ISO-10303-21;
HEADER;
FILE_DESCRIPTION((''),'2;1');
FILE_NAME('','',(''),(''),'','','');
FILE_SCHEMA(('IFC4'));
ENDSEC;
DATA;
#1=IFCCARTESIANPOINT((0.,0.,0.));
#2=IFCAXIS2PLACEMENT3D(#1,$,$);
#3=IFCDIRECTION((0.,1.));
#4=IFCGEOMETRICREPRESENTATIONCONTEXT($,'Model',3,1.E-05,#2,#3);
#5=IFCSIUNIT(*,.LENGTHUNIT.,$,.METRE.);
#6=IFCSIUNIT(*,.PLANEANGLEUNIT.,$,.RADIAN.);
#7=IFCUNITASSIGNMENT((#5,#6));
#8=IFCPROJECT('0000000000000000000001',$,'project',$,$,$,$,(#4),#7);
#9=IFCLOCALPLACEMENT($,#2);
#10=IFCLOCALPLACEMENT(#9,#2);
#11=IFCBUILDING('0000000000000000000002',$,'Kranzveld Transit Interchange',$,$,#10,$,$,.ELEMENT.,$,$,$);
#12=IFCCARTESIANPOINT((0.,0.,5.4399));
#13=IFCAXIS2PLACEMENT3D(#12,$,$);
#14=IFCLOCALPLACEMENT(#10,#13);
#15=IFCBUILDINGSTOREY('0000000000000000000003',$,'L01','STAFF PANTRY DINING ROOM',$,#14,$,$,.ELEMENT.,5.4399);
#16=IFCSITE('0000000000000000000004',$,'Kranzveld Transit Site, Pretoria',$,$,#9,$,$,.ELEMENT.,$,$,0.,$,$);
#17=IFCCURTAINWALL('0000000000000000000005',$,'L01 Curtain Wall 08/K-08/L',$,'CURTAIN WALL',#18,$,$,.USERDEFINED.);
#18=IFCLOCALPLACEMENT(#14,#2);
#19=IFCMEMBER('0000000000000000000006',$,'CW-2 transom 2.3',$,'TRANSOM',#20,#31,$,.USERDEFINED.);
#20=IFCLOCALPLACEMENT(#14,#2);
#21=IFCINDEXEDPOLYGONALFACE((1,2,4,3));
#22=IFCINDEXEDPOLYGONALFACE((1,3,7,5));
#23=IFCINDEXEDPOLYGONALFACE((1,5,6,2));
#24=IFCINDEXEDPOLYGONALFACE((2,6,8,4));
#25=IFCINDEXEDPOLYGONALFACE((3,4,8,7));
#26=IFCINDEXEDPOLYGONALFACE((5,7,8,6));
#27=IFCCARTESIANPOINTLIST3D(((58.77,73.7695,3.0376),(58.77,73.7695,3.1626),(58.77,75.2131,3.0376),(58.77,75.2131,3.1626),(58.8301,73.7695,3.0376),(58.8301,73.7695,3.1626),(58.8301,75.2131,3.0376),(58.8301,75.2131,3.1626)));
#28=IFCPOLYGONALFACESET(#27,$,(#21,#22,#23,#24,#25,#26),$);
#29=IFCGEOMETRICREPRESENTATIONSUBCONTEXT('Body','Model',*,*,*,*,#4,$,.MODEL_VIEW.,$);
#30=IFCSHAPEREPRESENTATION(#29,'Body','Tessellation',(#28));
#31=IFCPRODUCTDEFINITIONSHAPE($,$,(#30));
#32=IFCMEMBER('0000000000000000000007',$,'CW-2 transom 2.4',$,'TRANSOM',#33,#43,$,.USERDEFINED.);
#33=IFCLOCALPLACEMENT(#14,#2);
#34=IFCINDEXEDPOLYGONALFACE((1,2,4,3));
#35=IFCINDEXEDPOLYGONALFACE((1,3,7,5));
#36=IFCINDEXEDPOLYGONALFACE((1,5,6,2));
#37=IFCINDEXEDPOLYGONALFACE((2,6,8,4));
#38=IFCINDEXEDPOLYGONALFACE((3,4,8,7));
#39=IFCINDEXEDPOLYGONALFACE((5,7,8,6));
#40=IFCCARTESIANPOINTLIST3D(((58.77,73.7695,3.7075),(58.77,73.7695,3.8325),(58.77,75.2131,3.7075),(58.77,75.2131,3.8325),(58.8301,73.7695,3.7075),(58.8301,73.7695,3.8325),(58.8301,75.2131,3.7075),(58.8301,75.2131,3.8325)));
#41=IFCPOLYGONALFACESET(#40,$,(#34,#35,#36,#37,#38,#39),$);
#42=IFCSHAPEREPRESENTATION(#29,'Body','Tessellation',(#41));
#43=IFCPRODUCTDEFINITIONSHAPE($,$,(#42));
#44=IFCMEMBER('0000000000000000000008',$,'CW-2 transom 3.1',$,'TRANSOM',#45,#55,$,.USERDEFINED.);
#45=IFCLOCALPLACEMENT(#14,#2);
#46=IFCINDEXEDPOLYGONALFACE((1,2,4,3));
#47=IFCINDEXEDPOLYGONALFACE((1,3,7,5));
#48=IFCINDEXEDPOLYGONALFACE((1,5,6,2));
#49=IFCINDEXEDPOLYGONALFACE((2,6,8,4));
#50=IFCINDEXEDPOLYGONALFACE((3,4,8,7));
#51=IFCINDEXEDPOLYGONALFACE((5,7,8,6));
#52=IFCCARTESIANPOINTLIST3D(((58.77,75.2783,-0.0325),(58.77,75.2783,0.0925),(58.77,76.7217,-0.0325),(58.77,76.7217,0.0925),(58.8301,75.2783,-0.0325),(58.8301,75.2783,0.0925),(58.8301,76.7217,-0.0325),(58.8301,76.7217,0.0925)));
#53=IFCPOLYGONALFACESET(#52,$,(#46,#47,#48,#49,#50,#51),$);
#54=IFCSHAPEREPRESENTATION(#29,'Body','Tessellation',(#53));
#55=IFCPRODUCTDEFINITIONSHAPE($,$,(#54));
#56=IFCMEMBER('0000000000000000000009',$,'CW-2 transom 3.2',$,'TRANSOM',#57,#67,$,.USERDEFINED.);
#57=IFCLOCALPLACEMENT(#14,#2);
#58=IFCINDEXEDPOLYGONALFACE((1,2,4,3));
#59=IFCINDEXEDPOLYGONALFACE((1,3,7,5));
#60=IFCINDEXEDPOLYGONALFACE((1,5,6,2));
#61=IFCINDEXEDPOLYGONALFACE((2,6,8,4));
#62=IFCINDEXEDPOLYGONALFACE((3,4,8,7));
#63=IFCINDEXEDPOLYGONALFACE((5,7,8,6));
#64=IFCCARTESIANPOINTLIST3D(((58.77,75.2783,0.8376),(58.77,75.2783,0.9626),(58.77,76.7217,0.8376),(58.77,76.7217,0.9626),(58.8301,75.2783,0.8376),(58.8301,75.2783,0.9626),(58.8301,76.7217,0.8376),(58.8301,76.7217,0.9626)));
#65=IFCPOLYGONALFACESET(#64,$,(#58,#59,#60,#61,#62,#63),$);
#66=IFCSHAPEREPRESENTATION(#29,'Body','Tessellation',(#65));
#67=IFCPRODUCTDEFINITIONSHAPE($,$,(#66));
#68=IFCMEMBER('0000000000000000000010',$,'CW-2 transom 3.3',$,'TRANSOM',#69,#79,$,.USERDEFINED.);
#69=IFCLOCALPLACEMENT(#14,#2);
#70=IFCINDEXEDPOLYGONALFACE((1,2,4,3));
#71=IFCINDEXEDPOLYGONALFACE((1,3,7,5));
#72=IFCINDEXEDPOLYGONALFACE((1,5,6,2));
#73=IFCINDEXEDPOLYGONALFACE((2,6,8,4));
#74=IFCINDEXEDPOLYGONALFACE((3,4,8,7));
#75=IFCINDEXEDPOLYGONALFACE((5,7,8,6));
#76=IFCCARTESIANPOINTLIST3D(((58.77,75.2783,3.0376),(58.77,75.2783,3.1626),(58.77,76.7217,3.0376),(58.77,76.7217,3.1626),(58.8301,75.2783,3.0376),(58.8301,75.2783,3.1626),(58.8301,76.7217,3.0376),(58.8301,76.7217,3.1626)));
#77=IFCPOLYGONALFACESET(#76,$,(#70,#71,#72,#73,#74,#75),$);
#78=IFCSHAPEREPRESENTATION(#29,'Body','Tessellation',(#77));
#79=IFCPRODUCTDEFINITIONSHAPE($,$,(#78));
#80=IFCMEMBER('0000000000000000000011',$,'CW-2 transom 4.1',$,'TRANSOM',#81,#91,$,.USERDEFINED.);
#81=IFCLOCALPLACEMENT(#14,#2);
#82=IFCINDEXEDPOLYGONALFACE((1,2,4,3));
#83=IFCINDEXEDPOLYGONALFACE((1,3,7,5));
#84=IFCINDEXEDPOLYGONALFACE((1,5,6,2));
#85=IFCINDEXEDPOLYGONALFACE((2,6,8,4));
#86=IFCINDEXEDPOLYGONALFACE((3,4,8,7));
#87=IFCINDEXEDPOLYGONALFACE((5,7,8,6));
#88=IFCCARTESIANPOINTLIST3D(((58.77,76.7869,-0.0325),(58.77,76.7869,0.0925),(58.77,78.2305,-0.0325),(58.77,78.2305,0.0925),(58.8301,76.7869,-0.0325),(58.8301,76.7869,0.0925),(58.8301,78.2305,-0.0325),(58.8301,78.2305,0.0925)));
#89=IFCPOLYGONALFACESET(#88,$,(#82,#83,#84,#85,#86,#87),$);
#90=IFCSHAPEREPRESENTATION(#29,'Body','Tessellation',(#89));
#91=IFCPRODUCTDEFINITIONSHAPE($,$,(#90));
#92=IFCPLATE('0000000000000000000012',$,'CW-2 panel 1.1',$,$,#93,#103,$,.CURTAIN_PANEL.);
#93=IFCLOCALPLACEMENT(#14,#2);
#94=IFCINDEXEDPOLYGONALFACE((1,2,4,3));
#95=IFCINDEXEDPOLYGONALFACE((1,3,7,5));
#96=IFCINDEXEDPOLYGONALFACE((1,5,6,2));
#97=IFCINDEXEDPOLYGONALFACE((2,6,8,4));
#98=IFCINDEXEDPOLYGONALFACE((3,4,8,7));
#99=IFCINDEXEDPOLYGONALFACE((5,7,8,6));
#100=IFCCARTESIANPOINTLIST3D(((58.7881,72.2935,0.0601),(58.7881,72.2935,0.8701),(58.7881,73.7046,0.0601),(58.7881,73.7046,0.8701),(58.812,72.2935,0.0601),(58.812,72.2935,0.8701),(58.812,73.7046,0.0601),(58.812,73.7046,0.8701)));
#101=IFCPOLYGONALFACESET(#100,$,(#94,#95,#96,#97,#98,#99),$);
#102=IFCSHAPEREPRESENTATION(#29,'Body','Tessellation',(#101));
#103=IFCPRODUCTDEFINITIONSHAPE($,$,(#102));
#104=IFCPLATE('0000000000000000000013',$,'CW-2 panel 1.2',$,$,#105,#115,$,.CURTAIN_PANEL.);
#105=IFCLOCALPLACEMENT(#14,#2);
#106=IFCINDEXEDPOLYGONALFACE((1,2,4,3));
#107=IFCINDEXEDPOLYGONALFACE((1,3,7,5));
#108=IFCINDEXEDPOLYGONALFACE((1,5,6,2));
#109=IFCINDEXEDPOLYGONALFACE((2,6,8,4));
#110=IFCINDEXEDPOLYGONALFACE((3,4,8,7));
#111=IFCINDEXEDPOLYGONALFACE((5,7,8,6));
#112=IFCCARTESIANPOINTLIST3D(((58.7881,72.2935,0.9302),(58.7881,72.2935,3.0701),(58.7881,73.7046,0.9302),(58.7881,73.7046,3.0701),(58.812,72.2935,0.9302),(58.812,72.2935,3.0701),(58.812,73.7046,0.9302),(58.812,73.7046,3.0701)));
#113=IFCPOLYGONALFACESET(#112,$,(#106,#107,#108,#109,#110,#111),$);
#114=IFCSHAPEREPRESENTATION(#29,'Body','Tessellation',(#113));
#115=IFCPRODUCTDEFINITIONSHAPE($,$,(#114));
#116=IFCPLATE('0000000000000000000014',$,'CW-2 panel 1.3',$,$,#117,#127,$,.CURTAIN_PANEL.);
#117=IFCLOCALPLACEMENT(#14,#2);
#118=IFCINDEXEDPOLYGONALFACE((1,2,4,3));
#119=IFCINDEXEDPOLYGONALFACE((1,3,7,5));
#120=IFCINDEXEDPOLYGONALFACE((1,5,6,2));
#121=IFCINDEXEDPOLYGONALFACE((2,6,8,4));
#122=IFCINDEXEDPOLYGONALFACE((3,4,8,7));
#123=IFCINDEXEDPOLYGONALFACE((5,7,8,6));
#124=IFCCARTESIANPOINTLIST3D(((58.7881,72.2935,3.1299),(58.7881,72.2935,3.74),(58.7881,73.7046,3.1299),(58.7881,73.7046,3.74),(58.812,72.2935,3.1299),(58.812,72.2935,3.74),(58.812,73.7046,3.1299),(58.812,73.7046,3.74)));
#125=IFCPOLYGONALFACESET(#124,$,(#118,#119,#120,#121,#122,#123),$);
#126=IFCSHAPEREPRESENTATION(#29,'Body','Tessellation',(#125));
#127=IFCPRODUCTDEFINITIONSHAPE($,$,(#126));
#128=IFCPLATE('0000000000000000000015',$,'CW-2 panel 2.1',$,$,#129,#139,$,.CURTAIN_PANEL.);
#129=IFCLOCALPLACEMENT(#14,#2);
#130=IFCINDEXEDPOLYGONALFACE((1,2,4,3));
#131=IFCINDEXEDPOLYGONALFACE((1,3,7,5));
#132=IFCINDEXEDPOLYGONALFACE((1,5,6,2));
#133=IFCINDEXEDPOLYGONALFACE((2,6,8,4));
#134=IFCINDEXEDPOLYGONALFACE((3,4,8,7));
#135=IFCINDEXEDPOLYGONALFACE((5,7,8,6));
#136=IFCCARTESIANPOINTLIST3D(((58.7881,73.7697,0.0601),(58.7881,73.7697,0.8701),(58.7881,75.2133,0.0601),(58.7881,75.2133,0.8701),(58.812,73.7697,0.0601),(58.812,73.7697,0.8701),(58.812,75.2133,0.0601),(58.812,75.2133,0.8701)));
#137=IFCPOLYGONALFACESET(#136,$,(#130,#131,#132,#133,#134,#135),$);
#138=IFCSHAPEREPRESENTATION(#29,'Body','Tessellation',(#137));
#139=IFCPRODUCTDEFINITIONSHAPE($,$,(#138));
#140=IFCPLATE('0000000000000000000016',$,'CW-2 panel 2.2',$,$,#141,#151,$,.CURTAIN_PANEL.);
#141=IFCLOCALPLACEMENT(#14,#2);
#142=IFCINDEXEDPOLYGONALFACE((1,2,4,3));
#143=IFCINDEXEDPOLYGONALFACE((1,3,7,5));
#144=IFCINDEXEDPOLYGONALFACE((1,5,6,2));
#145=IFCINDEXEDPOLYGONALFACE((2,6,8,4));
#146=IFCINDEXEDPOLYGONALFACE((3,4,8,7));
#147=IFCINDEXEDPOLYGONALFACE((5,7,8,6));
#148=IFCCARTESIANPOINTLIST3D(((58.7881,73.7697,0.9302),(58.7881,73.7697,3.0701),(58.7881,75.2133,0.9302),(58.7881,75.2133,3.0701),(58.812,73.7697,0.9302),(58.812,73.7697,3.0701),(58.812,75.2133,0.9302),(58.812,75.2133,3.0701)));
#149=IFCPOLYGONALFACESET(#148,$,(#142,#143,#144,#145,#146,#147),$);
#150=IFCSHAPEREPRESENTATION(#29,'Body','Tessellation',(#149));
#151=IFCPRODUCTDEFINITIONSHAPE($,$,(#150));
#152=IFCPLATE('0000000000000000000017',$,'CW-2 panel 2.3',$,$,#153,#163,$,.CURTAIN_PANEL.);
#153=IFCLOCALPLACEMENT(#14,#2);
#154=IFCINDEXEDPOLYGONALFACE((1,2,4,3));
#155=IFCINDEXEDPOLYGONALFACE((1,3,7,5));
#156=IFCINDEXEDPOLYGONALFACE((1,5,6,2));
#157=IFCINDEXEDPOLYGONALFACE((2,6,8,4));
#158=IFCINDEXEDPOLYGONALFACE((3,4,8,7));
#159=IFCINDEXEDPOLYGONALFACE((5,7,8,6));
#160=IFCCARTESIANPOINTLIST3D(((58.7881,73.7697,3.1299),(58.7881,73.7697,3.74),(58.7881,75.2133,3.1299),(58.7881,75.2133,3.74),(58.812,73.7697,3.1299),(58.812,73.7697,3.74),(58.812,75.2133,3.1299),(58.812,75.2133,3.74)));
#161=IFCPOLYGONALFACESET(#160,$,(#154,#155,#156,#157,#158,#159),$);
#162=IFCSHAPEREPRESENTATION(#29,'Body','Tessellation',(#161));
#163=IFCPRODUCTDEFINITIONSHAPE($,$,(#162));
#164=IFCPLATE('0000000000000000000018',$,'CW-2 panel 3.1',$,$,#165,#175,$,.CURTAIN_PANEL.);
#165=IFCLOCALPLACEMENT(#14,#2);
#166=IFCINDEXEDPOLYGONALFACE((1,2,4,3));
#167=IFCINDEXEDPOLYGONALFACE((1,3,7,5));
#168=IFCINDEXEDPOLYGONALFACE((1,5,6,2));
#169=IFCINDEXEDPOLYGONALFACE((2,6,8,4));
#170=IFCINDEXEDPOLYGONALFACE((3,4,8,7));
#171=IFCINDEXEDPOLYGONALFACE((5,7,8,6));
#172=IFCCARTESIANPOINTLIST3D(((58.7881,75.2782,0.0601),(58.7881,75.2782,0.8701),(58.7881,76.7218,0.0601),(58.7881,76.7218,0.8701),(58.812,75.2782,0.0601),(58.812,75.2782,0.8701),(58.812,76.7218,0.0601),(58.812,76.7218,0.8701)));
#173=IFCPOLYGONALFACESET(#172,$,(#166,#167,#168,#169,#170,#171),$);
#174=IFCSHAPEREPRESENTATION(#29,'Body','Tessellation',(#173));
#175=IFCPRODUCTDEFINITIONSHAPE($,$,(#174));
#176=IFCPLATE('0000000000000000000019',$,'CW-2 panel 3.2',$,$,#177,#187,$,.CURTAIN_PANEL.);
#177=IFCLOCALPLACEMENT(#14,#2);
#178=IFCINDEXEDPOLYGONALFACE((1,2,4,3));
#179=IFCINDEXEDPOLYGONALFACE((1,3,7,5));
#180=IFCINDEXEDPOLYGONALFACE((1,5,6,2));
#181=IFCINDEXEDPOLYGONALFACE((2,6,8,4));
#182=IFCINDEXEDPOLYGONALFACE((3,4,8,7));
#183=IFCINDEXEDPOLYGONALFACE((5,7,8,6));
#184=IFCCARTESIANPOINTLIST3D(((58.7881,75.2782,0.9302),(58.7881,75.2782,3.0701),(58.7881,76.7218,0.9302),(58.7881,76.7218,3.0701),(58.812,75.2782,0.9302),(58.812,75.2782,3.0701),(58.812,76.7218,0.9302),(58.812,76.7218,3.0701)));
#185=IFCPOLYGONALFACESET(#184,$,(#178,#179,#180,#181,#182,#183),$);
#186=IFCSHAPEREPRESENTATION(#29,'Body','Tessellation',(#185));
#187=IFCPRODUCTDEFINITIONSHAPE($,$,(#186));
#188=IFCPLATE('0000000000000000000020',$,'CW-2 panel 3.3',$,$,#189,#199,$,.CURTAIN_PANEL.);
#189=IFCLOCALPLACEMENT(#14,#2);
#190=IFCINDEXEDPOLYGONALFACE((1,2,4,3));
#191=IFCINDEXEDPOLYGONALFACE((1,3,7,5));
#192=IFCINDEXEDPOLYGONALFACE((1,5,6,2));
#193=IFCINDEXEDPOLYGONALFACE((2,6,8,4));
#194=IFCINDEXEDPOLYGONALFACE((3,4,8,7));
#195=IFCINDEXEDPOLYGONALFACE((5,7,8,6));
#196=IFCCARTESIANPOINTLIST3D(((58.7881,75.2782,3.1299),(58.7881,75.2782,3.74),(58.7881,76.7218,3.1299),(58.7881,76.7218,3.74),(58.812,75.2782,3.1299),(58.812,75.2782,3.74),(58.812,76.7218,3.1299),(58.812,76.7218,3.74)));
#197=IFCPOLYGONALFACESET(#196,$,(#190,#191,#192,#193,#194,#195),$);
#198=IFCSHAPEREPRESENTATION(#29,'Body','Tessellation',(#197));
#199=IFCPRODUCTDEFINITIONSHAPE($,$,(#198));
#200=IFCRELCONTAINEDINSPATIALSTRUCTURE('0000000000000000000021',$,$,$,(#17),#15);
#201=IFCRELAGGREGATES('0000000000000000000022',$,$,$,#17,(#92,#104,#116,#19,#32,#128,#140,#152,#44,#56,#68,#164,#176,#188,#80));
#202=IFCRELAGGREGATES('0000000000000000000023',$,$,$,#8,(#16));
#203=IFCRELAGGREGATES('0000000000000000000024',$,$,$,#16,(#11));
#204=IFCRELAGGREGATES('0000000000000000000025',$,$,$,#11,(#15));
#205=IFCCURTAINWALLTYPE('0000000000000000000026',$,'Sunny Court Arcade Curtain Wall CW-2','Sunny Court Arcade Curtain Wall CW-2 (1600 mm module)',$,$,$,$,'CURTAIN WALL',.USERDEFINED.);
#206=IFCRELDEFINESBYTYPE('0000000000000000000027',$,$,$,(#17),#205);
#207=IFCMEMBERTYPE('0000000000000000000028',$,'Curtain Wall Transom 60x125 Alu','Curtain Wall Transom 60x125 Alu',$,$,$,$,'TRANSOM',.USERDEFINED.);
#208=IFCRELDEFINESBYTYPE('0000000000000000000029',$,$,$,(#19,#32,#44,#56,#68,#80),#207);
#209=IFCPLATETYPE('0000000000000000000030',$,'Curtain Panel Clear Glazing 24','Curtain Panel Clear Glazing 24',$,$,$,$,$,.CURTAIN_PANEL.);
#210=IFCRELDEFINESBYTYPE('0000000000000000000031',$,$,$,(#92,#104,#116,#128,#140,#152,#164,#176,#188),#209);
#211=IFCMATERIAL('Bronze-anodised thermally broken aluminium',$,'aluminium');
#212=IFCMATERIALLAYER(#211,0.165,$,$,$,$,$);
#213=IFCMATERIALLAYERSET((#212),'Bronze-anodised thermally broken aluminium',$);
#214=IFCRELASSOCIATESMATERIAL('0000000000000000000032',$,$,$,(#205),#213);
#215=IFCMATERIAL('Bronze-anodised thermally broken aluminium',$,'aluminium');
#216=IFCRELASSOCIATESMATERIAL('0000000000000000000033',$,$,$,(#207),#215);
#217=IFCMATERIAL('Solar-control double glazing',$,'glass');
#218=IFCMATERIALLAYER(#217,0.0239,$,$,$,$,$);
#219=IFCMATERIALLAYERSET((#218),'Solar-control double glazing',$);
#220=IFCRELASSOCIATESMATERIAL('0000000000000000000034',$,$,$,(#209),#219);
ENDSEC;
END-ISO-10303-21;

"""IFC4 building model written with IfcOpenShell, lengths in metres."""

from ifc_helpers import new_model, si_unit, direction, frame, origin, origin_2d, place, context, subcontext, project, spatial, rectangle, extrude, material, layer, layer_set, material_profile, profile_set, type_object, element, aggregate, save


model = new_model("IFC4")

# Units and contexts
model_context = context("Model", 3, precision=1e-05, world=origin(), true_north=direction((0.0, 1.0)))
body_context = subcontext(model_context, "Body", "Model", "MODEL_VIEW")
ifc_project = project(units=[si_unit("LENGTHUNIT", "METRE"), si_unit("PLANEANGLEUNIT", "RADIAN")], contexts=[model_context])

# Site, building, storey
site_placement = place(None, origin())
site = spatial("IfcSite", under=ifc_project, at=site_placement, Name="Kranzveld Transit Site, Pretoria", CompositionType="ELEMENT", RefElevation=0.0)
building_placement = place(site_placement, origin())
building = spatial("IfcBuilding", under=site, at=building_placement, Name="Kranzveld Transit Interchange", CompositionType="ELEMENT")
storey_placement = place(building_placement, frame((0.0, 0.0, 5.4399)))
storey = spatial("IfcBuildingStorey", under=building, at=storey_placement, Name="L01", Description="STAFF PANTRY DINING ROOM", CompositionType="ELEMENT", Elevation=5.4399)

# Curtain wall, members, plates
ifc_material_1 = material(Name="Bronze-anodised thermally broken aluminium", Category="aluminium")
ifc_layer_1 = layer(ifc_material_1, 0.165)
ifc_layer_set_1 = layer_set([ifc_layer_1], Name="Bronze-anodised thermally broken aluminium")
curtain_wall_type = type_object("IfcCurtainWallType", Name="Sunny Court Arcade Curtain Wall CW-2", Description="Sunny Court Arcade Curtain Wall CW-2 (1600 mm module)", ElementType="CURTAIN WALL", PredefinedType="USERDEFINED", material=ifc_layer_set_1)
curtain_wall_placement = place(storey_placement, origin())
curtain_wall = element("IfcCurtainWall", 1, at=curtain_wall_placement, inside=storey, type_object=curtain_wall_type, Name="L01 Curtain Wall 08/K-08/L", ObjectType="CURTAIN WALL", PredefinedType="USERDEFINED")
ifc_material_2 = material(Name="Bronze-anodised thermally broken aluminium", Category="aluminium")
ifc_material_profile_1 = material_profile(ifc_material_2, rectangle(XDim=0.0601, YDim=0.125, at=origin_2d()), Name="ALU TRANSOM 60x125")
ifc_profile_set_1 = profile_set([ifc_material_profile_1], Name="Bronze-anodised thermally broken aluminium")
member_type_1 = type_object("IfcMemberType", Name="Curtain Wall Transom 60x125 Alu", Description="Curtain Wall Transom 60x125 Alu", ElementType="TRANSOM", PredefinedType="USERDEFINED", material=ifc_profile_set_1)
member_1_placement = place(storey_placement, frame((58.8, 73.7695, 3.1001), z_axis=(0.0, 1.0, 0.0), x_axis=(-1.0, 0.0, 0.0)))
member_1 = element("IfcMember", 2, at=member_1_placement, type_object=member_type_1, Name="CW-2 transom 2.3", ObjectType="TRANSOM", PredefinedType="USERDEFINED", context=body_context, shape_type="SweptSolid", body=[
    extrude(rectangle(XDim=0.0601, YDim=0.125, at=origin_2d()), origin(), (0.0, 0.0, 1.0), 1.4436),
])
member_2_placement = place(storey_placement, frame((58.8, 73.7695, 3.77), z_axis=(0.0, 1.0, 0.0), x_axis=(-1.0, 0.0, 0.0)))
member_2 = element("IfcMember", 3, at=member_2_placement, type_object=member_type_1, Name="CW-2 transom 2.4", ObjectType="TRANSOM", PredefinedType="USERDEFINED", context=body_context, shape_type="SweptSolid", body=[
    extrude(rectangle(XDim=0.0601, YDim=0.125, at=origin_2d()), origin(), (0.0, 0.0, 1.0), 1.4436),
])
member_3_placement = place(storey_placement, frame((58.8, 75.2783, 0.03), z_axis=(0.0, 1.0, 0.0), x_axis=(-1.0, 0.0, 0.0)))
member_3 = element("IfcMember", 4, at=member_3_placement, type_object=member_type_1, Name="CW-2 transom 3.1", ObjectType="TRANSOM", PredefinedType="USERDEFINED", context=body_context, shape_type="SweptSolid", body=[
    extrude(rectangle(XDim=0.0601, YDim=0.125, at=origin_2d()), origin(), (0.0, 0.0, 1.0), 1.4434),
])
member_4_placement = place(storey_placement, frame((58.8, 75.2783, 0.9001), z_axis=(0.0, 1.0, 0.0), x_axis=(-1.0, 0.0, 0.0)))
member_4 = element("IfcMember", 5, at=member_4_placement, type_object=member_type_1, Name="CW-2 transom 3.2", ObjectType="TRANSOM", PredefinedType="USERDEFINED", context=body_context, shape_type="SweptSolid", body=[
    extrude(rectangle(XDim=0.0601, YDim=0.125, at=origin_2d()), origin(), (0.0, 0.0, 1.0), 1.4434),
])
member_5_placement = place(storey_placement, frame((58.8, 75.2783, 3.1001), z_axis=(0.0, 1.0, 0.0), x_axis=(-1.0, 0.0, 0.0)))
member_5 = element("IfcMember", 6, at=member_5_placement, type_object=member_type_1, Name="CW-2 transom 3.3", ObjectType="TRANSOM", PredefinedType="USERDEFINED", context=body_context, shape_type="SweptSolid", body=[
    extrude(rectangle(XDim=0.0601, YDim=0.125, at=origin_2d()), origin(), (0.0, 0.0, 1.0), 1.4434),
])
member_6_placement = place(storey_placement, frame((58.8, 76.7869, 0.03), z_axis=(0.0, 1.0, 0.0), x_axis=(-1.0, 0.0, 0.0)))
member_6 = element("IfcMember", 7, at=member_6_placement, type_object=member_type_1, Name="CW-2 transom 4.1", ObjectType="TRANSOM", PredefinedType="USERDEFINED", context=body_context, shape_type="SweptSolid", body=[
    extrude(rectangle(XDim=0.0601, YDim=0.125, at=origin_2d()), origin(), (0.0, 0.0, 1.0), 1.4436),
])
ifc_material_3 = material(Name="Solar-control double glazing", Category="glass")
ifc_layer_2 = layer(ifc_material_3, 0.0239)
ifc_layer_set_2 = layer_set([ifc_layer_2], Name="Solar-control double glazing")
plate_type = type_object("IfcPlateType", Name="Curtain Panel Clear Glazing 24", Description="Curtain Panel Clear Glazing 24", PredefinedType="CURTAIN_PANEL", material=ifc_layer_set_2)
plate_1_placement = place(storey_placement, frame((58.8, 72.999, 0.0601), z_axis=(0.0, 0.0, 1.0), x_axis=(0.0, 1.0, 0.0)))
plate_1 = element("IfcPlate", 8, at=plate_1_placement, type_object=plate_type, Name="CW-2 panel 1.1", PredefinedType="CURTAIN_PANEL", context=body_context, shape_type="SweptSolid", body=[
    extrude(rectangle(XDim=1.4111, YDim=0.0239, at=origin_2d()), origin(), (0.0, 0.0, 1.0), 0.8101),
])
plate_2_placement = place(storey_placement, frame((58.8, 72.999, 0.9302), z_axis=(0.0, 0.0, 1.0), x_axis=(0.0, 1.0, 0.0)))
plate_2 = element("IfcPlate", 9, at=plate_2_placement, type_object=plate_type, Name="CW-2 panel 1.2", PredefinedType="CURTAIN_PANEL", context=body_context, shape_type="SweptSolid", body=[
    extrude(rectangle(XDim=1.4111, YDim=0.0239, at=origin_2d()), origin(), (0.0, 0.0, 1.0), 2.1399),
])
plate_3_placement = place(storey_placement, frame((58.8, 72.999, 3.1299), z_axis=(0.0, 0.0, 1.0), x_axis=(0.0, 1.0, 0.0)))
plate_3 = element("IfcPlate", 10, at=plate_3_placement, type_object=plate_type, Name="CW-2 panel 1.3", PredefinedType="CURTAIN_PANEL", context=body_context, shape_type="SweptSolid", body=[
    extrude(rectangle(XDim=1.4111, YDim=0.0239, at=origin_2d()), origin(), (0.0, 0.0, 1.0), 0.6101),
])
plate_4_placement = place(storey_placement, frame((58.8, 74.4915, 0.0601), z_axis=(0.0, 0.0, 1.0), x_axis=(0.0, 1.0, 0.0)))
plate_4 = element("IfcPlate", 11, at=plate_4_placement, type_object=plate_type, Name="CW-2 panel 2.1", PredefinedType="CURTAIN_PANEL", context=body_context, shape_type="SweptSolid", body=[
    extrude(rectangle(XDim=1.4436, YDim=0.0239, at=origin_2d()), origin(), (0.0, 0.0, 1.0), 0.8101),
])
plate_5_placement = place(storey_placement, frame((58.8, 74.4915, 0.9302), z_axis=(0.0, 0.0, 1.0), x_axis=(0.0, 1.0, 0.0)))
plate_5 = element("IfcPlate", 12, at=plate_5_placement, type_object=plate_type, Name="CW-2 panel 2.2", PredefinedType="CURTAIN_PANEL", context=body_context, shape_type="SweptSolid", body=[
    extrude(rectangle(XDim=1.4436, YDim=0.0239, at=origin_2d()), origin(), (0.0, 0.0, 1.0), 2.1399),
])
plate_6_placement = place(storey_placement, frame((58.8, 74.4915, 3.1299), z_axis=(0.0, 0.0, 1.0), x_axis=(0.0, 1.0, 0.0)))
plate_6 = element("IfcPlate", 13, at=plate_6_placement, type_object=plate_type, Name="CW-2 panel 2.3", PredefinedType="CURTAIN_PANEL", context=body_context, shape_type="SweptSolid", body=[
    extrude(rectangle(XDim=1.4436, YDim=0.0239, at=origin_2d()), origin(), (0.0, 0.0, 1.0), 0.6101),
])
plate_7_placement = place(storey_placement, frame((58.8, 76.0, 0.0601), z_axis=(0.0, 0.0, 1.0), x_axis=(0.0, 1.0, 0.0)))
plate_7 = element("IfcPlate", 14, at=plate_7_placement, type_object=plate_type, Name="CW-2 panel 3.1", PredefinedType="CURTAIN_PANEL", context=body_context, shape_type="SweptSolid", body=[
    extrude(rectangle(XDim=1.4436, YDim=0.0239, at=origin_2d()), origin(), (0.0, 0.0, 1.0), 0.8101),
])
plate_8_placement = place(storey_placement, frame((58.8, 76.0, 0.9302), z_axis=(0.0, 0.0, 1.0), x_axis=(0.0, 1.0, 0.0)))
plate_8 = element("IfcPlate", 15, at=plate_8_placement, type_object=plate_type, Name="CW-2 panel 3.2", PredefinedType="CURTAIN_PANEL", context=body_context, shape_type="SweptSolid", body=[
    extrude(rectangle(XDim=1.4436, YDim=0.0239, at=origin_2d()), origin(), (0.0, 0.0, 1.0), 2.1399),
])
plate_9_placement = place(storey_placement, frame((58.8, 76.0, 3.1299), z_axis=(0.0, 0.0, 1.0), x_axis=(0.0, 1.0, 0.0)))
plate_9 = element("IfcPlate", 16, at=plate_9_placement, type_object=plate_type, Name="CW-2 panel 3.3", PredefinedType="CURTAIN_PANEL", context=body_context, shape_type="SweptSolid", body=[
    extrude(rectangle(XDim=1.4436, YDim=0.0239, at=origin_2d()), origin(), (0.0, 0.0, 1.0), 0.6101),
])
aggregate(curtain_wall, [plate_1, plate_2, plate_3, member_1, member_2, plate_4, plate_5, plate_6, member_3, member_4, member_5, plate_7, plate_8, plate_9, member_6])

save(model, "model.ifc")
